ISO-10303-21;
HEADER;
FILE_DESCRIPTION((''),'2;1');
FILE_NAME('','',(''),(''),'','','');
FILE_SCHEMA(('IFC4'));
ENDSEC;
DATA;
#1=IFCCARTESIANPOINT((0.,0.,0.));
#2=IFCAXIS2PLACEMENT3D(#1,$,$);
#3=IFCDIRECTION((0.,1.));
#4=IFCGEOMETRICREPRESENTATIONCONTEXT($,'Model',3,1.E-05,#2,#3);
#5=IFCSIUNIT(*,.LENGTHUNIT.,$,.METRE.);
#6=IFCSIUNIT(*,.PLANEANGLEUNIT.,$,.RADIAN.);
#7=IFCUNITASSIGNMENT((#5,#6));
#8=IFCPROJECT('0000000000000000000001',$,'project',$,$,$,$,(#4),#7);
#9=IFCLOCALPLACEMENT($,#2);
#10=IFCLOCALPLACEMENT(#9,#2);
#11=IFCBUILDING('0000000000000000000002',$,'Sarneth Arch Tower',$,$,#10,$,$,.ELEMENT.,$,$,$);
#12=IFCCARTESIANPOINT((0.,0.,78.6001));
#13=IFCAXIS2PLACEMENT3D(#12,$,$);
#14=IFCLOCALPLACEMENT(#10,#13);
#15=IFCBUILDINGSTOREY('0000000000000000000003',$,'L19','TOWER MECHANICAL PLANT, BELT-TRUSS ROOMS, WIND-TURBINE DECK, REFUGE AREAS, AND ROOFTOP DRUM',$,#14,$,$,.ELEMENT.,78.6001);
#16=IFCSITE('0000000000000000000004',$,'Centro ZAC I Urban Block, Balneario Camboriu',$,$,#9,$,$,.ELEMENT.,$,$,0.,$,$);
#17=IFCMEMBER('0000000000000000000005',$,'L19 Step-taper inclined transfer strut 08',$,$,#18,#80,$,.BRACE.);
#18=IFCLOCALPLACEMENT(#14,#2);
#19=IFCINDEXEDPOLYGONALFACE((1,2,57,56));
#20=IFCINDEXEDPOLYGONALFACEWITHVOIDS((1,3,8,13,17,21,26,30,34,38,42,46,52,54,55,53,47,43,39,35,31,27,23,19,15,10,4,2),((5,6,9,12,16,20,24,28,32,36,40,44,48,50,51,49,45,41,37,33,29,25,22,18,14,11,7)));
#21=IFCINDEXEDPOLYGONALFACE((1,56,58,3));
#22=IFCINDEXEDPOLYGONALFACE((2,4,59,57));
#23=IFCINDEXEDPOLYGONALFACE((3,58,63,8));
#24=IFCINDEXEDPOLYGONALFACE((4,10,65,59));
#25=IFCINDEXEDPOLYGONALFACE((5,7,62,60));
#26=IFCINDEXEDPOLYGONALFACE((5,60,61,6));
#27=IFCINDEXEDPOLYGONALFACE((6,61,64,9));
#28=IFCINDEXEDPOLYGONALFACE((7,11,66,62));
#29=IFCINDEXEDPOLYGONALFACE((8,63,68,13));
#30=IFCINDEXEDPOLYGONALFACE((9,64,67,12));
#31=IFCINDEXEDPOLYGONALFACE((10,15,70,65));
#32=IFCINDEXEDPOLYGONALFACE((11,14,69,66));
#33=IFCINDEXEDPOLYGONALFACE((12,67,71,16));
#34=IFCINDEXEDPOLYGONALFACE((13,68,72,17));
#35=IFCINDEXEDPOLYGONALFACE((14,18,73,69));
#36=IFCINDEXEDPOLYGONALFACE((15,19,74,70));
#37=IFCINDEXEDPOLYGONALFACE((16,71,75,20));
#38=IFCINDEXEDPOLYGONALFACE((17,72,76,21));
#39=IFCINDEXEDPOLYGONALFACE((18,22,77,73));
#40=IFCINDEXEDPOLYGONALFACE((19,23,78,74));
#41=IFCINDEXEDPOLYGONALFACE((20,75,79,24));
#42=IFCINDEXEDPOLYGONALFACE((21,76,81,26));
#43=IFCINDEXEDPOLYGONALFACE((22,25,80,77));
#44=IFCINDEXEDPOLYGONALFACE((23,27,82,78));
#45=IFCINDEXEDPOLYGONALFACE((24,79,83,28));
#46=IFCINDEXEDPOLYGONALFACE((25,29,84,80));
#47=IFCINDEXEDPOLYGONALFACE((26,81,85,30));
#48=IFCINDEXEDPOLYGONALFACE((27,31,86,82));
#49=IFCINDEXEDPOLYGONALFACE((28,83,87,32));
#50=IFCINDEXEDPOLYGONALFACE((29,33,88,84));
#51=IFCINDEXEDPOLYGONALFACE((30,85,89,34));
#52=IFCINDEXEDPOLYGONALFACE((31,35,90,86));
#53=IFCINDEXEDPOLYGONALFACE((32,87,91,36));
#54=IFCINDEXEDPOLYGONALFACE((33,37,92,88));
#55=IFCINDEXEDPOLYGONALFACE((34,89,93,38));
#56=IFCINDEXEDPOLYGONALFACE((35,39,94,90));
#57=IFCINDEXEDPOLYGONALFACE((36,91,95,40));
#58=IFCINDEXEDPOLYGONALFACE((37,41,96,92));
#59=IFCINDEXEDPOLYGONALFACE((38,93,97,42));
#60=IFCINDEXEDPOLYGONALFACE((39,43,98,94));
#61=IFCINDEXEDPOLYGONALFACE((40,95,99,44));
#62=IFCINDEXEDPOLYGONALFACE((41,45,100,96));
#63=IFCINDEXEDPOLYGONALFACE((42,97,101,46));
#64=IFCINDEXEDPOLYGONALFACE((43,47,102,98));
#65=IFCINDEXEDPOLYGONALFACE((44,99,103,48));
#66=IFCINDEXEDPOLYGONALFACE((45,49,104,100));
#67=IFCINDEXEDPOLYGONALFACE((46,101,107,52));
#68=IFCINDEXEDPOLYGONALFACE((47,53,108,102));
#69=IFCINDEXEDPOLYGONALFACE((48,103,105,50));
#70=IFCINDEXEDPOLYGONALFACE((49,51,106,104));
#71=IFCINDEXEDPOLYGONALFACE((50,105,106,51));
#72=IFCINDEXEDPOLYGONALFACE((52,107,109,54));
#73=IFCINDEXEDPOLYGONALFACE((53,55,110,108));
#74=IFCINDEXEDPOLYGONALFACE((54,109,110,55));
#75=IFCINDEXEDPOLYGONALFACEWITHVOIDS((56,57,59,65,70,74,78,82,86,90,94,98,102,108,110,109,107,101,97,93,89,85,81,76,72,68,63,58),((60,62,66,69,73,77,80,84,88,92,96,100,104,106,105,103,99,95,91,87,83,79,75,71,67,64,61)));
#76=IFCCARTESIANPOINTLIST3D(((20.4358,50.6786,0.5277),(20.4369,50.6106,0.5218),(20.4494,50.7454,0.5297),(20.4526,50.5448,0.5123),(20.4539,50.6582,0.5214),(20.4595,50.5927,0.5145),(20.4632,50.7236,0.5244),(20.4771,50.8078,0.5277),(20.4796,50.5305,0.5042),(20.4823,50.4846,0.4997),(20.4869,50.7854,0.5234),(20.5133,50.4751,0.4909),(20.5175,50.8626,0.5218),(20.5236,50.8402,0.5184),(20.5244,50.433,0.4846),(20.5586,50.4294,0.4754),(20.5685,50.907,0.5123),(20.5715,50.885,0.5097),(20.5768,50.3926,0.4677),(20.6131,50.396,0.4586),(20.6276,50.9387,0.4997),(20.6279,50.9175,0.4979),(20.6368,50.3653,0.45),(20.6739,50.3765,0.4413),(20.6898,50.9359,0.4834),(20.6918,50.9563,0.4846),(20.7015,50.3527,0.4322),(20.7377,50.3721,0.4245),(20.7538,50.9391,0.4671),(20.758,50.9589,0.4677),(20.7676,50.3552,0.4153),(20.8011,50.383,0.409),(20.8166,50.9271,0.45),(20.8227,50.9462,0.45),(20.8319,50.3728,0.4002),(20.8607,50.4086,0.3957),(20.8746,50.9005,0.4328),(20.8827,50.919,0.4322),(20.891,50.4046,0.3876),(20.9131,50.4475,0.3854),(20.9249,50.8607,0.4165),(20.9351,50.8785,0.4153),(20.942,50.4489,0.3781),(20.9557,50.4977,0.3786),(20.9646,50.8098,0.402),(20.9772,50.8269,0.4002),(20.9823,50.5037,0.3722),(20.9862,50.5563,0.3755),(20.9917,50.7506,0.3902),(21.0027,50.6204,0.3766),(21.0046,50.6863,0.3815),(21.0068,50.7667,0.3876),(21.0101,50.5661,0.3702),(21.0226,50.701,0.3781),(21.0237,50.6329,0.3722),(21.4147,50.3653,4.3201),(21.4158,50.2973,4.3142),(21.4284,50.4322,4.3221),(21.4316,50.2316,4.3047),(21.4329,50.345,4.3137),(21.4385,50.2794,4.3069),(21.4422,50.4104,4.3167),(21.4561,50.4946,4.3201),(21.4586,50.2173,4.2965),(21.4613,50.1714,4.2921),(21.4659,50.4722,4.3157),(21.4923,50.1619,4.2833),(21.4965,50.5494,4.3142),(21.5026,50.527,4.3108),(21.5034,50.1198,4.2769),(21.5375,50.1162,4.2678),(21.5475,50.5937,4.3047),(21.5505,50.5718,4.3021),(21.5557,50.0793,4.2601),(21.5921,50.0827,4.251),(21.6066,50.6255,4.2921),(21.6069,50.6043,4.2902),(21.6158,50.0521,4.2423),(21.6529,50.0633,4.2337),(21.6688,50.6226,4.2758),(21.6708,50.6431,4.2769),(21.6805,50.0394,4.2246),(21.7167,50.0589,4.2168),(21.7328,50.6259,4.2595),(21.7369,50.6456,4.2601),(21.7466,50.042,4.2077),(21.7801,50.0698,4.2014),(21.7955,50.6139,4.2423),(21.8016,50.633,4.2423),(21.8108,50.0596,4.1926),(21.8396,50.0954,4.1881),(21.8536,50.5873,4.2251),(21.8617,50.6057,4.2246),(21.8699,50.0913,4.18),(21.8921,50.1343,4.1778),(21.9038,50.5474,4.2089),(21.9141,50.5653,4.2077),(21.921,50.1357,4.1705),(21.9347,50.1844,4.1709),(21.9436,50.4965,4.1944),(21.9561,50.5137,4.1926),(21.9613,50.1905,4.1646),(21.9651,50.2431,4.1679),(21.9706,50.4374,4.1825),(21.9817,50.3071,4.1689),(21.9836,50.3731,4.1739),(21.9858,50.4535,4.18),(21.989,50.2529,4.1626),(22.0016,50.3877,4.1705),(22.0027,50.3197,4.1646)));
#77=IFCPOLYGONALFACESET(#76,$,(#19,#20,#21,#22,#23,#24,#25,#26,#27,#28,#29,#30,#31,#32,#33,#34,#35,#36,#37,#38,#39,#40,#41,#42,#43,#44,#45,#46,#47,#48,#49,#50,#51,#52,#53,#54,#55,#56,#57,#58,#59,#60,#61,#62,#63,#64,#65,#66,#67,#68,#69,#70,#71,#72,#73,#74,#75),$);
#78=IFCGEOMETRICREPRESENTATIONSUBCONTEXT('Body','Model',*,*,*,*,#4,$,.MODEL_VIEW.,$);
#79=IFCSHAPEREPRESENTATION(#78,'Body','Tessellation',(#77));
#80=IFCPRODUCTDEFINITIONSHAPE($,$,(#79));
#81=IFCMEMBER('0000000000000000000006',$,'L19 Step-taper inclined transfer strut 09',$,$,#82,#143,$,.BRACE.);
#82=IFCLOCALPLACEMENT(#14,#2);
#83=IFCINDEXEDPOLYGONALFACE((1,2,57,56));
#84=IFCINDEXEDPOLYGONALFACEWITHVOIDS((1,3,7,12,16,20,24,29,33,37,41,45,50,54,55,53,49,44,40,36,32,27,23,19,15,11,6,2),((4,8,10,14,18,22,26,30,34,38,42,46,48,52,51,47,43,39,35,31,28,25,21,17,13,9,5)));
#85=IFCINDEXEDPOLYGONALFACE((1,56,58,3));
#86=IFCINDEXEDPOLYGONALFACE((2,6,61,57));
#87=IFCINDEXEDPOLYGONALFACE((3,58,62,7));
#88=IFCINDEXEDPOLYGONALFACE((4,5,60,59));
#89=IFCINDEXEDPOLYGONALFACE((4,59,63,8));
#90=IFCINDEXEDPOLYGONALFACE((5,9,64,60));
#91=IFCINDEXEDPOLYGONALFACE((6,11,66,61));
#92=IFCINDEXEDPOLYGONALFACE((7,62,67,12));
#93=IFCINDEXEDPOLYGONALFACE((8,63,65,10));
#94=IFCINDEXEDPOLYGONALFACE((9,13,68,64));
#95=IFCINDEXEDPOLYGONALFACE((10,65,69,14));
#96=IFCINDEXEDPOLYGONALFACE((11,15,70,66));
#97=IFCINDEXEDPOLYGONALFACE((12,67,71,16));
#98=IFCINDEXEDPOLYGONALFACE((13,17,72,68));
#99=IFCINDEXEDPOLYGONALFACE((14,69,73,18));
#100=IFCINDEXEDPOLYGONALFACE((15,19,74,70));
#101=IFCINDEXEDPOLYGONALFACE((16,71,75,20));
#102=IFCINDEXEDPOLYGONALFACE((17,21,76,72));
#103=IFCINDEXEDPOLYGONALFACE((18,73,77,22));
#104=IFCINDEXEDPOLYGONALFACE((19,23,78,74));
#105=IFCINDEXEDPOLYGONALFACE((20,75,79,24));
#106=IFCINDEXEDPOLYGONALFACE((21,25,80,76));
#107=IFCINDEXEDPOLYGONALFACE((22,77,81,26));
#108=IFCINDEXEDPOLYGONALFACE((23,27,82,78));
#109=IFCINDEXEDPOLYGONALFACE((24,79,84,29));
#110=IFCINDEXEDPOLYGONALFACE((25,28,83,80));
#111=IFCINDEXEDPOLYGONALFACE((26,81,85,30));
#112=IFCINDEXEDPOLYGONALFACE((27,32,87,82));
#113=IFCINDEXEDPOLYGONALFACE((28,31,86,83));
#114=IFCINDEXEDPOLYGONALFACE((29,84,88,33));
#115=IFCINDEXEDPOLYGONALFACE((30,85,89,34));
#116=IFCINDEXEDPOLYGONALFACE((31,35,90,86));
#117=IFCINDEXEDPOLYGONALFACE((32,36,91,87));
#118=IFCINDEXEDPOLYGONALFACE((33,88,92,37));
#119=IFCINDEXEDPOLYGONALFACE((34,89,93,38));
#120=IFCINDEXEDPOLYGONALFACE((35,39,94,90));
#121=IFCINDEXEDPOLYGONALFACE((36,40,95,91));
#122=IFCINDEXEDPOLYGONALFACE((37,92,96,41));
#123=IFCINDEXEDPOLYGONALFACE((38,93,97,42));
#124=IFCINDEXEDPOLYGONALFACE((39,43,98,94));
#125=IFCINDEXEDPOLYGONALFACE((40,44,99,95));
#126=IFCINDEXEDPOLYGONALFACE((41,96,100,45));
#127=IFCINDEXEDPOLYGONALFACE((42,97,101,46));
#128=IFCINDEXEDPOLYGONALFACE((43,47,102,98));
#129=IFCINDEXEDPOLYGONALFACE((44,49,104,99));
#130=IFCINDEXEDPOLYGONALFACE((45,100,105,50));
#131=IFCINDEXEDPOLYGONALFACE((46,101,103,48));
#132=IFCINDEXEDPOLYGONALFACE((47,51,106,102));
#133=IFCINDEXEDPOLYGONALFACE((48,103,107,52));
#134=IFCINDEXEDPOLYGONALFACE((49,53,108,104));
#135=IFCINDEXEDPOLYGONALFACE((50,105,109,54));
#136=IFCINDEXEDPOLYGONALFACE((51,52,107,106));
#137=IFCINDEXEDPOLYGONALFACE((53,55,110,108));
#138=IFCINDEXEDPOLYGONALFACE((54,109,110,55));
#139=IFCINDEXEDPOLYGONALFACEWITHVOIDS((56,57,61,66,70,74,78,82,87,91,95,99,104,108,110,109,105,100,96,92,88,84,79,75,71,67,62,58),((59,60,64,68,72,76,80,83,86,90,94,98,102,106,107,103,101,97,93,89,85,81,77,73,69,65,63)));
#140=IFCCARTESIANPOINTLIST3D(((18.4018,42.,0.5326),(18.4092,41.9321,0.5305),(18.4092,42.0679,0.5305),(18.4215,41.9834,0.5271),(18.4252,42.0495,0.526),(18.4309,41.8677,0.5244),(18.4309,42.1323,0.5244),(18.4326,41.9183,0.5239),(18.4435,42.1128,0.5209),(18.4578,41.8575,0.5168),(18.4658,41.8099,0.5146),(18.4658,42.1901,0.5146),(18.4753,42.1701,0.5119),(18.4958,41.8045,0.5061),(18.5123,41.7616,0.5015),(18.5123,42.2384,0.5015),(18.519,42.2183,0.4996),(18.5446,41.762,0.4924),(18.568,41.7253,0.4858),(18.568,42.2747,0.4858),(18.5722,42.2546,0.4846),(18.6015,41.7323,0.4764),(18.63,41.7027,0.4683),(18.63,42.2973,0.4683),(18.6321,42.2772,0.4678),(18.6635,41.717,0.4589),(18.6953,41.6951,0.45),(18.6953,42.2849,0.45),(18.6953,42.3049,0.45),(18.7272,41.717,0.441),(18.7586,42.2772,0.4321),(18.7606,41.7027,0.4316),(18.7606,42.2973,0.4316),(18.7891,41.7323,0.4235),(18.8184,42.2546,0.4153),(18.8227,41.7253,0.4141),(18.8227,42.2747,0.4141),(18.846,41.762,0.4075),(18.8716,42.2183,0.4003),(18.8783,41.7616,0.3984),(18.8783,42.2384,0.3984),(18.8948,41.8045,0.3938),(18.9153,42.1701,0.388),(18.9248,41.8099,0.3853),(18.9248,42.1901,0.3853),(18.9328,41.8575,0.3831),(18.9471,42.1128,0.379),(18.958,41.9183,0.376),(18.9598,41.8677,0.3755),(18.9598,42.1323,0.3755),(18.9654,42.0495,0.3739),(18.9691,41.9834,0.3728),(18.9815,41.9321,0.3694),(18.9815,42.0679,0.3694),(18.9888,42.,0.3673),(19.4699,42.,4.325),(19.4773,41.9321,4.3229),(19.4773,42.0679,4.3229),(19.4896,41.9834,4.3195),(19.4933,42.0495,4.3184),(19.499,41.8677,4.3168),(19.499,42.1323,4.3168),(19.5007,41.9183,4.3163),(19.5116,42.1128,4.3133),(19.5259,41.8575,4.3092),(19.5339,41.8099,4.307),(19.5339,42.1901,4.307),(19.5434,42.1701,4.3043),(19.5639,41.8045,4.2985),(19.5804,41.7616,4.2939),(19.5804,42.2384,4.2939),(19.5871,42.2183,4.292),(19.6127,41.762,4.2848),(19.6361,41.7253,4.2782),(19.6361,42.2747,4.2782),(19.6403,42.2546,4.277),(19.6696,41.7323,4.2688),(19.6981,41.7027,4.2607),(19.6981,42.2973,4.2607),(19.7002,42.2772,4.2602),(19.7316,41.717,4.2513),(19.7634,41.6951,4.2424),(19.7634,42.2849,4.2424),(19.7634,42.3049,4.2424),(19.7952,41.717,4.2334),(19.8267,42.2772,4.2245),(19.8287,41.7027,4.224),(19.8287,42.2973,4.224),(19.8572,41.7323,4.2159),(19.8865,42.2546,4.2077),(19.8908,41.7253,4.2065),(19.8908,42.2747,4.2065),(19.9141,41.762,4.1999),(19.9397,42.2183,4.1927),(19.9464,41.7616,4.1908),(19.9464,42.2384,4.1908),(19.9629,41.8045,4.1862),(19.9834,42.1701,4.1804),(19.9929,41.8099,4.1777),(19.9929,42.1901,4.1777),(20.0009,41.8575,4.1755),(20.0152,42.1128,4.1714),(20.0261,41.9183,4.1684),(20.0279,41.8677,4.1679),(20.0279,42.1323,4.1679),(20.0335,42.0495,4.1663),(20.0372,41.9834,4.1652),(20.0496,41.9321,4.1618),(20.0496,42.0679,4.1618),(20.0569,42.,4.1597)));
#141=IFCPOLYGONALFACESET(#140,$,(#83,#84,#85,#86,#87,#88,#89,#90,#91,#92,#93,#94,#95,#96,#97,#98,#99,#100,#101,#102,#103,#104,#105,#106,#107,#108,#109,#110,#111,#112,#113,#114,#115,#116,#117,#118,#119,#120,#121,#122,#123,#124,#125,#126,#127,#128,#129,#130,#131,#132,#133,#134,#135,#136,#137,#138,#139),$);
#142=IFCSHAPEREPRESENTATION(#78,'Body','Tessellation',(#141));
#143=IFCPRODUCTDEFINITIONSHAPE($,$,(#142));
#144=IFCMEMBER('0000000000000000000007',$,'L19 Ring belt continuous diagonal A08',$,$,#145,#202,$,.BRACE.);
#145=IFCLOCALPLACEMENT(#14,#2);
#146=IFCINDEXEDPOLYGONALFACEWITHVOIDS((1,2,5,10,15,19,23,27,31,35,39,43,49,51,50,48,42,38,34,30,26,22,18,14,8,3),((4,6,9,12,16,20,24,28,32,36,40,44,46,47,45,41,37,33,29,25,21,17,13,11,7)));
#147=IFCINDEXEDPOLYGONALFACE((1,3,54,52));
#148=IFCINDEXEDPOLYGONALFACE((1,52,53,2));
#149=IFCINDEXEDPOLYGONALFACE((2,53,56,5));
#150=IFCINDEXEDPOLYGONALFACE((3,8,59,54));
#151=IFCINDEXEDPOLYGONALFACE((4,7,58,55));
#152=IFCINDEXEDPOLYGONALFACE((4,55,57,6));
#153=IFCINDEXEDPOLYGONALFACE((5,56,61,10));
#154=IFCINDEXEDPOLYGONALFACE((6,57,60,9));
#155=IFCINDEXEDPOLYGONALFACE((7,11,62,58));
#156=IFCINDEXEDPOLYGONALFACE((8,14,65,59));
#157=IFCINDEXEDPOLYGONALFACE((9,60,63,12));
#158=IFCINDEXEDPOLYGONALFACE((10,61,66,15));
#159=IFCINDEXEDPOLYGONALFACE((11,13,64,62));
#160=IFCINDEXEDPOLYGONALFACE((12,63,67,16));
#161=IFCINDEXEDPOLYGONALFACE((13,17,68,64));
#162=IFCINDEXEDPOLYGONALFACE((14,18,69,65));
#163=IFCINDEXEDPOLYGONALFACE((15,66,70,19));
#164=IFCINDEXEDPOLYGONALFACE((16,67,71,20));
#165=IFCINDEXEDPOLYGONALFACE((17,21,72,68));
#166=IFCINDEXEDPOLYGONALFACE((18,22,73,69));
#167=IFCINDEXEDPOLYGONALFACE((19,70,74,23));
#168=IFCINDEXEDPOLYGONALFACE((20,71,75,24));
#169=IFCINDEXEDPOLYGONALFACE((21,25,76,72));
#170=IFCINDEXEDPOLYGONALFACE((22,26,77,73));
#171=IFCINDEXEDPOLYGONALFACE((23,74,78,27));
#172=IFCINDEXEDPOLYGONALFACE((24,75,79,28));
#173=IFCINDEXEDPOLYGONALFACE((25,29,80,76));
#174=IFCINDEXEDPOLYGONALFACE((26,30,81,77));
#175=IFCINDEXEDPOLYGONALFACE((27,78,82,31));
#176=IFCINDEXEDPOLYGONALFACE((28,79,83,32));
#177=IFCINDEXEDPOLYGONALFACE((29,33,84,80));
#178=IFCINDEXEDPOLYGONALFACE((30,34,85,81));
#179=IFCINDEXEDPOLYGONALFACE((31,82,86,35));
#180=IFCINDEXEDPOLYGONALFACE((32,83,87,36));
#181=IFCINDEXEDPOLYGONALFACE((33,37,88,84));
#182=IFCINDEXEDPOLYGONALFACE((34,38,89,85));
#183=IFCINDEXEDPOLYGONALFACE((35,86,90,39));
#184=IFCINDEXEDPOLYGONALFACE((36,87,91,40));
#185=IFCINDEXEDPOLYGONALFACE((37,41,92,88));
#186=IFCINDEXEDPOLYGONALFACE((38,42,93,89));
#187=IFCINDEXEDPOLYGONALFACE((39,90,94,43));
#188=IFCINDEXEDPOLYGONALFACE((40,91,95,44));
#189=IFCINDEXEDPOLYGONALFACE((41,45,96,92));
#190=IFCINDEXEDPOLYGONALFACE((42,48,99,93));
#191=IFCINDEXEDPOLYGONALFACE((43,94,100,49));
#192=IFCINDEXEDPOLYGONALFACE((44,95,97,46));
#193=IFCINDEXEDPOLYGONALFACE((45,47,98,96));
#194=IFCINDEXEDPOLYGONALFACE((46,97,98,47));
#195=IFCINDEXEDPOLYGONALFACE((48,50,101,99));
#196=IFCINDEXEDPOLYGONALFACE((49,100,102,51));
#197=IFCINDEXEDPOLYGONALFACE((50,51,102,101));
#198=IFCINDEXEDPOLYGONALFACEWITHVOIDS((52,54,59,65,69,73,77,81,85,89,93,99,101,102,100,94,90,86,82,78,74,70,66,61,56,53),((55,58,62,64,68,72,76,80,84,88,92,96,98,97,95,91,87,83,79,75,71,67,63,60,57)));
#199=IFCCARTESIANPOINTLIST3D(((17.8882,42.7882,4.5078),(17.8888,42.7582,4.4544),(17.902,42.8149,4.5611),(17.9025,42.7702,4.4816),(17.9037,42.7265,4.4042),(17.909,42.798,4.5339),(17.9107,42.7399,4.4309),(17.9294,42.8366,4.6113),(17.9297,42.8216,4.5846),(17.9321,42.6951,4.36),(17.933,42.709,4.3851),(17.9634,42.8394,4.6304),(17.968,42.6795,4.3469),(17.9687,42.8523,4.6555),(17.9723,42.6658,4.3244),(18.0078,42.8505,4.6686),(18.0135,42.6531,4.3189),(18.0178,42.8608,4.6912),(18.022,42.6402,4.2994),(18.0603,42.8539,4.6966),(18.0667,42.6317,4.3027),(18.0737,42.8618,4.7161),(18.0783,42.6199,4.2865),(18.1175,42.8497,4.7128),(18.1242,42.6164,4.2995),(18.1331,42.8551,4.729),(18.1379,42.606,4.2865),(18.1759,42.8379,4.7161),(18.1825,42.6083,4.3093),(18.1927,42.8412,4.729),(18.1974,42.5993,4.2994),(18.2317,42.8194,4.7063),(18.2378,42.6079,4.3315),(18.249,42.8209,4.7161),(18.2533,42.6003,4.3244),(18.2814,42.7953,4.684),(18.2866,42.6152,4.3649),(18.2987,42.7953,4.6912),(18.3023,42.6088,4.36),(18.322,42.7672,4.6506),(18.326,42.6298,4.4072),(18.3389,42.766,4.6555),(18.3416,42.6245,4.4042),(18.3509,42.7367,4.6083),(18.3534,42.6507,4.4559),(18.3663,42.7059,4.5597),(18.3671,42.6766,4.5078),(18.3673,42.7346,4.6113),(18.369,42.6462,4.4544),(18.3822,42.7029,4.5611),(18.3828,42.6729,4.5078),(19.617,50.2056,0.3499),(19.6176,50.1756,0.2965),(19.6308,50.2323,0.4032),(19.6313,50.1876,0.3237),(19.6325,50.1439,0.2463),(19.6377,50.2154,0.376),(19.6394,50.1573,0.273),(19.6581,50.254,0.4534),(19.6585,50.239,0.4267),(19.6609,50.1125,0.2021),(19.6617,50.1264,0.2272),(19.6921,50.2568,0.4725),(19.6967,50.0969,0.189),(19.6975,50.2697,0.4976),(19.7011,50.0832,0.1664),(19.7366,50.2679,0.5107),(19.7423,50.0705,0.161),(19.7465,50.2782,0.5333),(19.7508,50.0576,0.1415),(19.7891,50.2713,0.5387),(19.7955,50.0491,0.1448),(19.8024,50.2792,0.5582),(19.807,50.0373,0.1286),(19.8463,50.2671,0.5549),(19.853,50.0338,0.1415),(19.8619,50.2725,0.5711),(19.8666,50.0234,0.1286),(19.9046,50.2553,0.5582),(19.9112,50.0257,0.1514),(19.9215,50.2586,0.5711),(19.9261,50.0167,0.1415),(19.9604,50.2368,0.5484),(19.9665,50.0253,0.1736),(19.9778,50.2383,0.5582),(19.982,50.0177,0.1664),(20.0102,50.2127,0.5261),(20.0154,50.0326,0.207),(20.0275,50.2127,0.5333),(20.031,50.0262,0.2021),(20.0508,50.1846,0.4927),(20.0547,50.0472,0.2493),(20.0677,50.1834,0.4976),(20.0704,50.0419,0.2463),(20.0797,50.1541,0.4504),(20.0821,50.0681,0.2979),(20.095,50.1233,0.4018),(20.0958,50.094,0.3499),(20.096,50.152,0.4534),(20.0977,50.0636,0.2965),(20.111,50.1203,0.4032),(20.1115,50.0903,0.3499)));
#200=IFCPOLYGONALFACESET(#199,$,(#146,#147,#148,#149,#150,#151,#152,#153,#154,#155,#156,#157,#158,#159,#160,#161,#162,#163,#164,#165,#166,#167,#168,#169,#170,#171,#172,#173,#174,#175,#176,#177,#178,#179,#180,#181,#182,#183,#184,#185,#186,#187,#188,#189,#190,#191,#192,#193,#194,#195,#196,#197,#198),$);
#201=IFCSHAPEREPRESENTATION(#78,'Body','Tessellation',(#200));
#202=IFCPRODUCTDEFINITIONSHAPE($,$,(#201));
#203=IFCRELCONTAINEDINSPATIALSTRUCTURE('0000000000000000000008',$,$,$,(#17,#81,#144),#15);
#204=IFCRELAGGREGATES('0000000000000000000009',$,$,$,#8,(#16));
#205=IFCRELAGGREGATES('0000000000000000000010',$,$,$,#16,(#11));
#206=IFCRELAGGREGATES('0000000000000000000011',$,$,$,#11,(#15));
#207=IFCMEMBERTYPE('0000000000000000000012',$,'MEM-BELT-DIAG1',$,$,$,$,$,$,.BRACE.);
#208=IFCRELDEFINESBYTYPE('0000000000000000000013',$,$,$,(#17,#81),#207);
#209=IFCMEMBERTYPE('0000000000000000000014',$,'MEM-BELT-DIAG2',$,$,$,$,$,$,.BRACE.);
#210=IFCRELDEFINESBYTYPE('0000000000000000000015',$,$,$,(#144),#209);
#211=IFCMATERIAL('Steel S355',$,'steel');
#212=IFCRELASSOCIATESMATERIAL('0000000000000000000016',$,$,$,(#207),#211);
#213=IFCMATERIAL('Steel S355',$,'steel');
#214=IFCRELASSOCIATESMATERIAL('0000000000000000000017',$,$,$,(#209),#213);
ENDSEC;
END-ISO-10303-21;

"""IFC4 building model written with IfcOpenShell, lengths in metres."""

from ifc_helpers import new_model, si_unit, direction, frame, origin, origin_2d, place, context, subcontext, project, spatial, hollow_circle, extrude, material, material_profile, profile_set, type_object, element, save


model = new_model("IFC4")

# Units and contexts
model_context = context("Model", 3, precision=1e-05, world=origin(), true_north=direction((0.0, 1.0)))
body_context = subcontext(model_context, "Body", "Model", "MODEL_VIEW")
ifc_project = project(units=[si_unit("LENGTHUNIT", "METRE"), si_unit("PLANEANGLEUNIT", "RADIAN")], contexts=[model_context])

# Site, building, storey
site_placement = place(None, origin())
site = spatial("IfcSite", under=ifc_project, at=site_placement, Name="Centro ZAC I Urban Block, Balneario Camboriu", CompositionType="ELEMENT", RefElevation=0.0)
building_placement = place(site_placement, origin())
building = spatial("IfcBuilding", under=site, at=building_placement, Name="Sarneth Arch Tower", CompositionType="ELEMENT")
storey_placement = place(building_placement, frame((0.0, 0.0, 78.6001)))
storey = spatial("IfcBuildingStorey", under=building, at=storey_placement, Name="L19", Description="TOWER MECHANICAL PLANT, BELT-TRUSS ROOMS, WIND-TURBINE DECK, REFUGE AREAS, AND ROOFTOP DRUM", CompositionType="ELEMENT", Elevation=78.6001)

# Members
ifc_material_1 = material(Name="Steel S355", Category="steel")
ifc_material_profile_1 = material_profile(ifc_material_1, hollow_circle(Radius=0.3049, WallThickness=0.02, at=origin_2d()), Name="CHS610x20")
ifc_profile_set_1 = profile_set([ifc_material_profile_1], Name="Steel S355")
member_type_1 = type_object("IfcMemberType", Name="MEM-BELT-DIAG1", PredefinedType="BRACE", material=ifc_profile_set_1)
member_1_placement = place(storey_placement, frame((20.7297, 50.6558, 0.45), z_axis=(0.249154, -0.079717, 0.965177), x_axis=(0.304733, 0.952438, 0.0)))
element("IfcMember", 1, at=member_1_placement, inside=storey, type_object=member_type_1, Name="L19 Step-taper inclined transfer strut 08", PredefinedType="BRACE", context=body_context, shape_type="SweptSolid", body=[
    extrude(hollow_circle(Radius=0.3049, WallThickness=0.02, at=origin_2d()), origin(), (0.0, 0.0, 1.0), 3.9292),
])
member_2_placement = place(storey_placement, frame((18.6953, 42.0, 0.45), z_axis=(0.271094, 0.0, 0.962553), x_axis=(0.0, 1.0, 0.0)))
element("IfcMember", 2, at=member_2_placement, inside=storey, type_object=member_type_1, Name="L19 Step-taper inclined transfer strut 09", PredefinedType="BRACE", context=body_context, shape_type="SweptSolid", body=[
    extrude(hollow_circle(Radius=0.3049, WallThickness=0.02, at=origin_2d()), origin(), (0.0, 0.0, 1.0), 3.9399),
])
ifc_material_2 = material(Name="Steel S355", Category="steel")
ifc_material_profile_2 = material_profile(ifc_material_2, hollow_circle(Radius=0.2539, WallThickness=0.0161, at=origin_2d()), Name="CHS508x16")
ifc_profile_set_2 = profile_set([ifc_material_profile_2], Name="Steel S355")
member_type_2 = type_object("IfcMemberType", Name="MEM-BELT-DIAG2", PredefinedType="BRACE", material=ifc_profile_set_2)
member_3_placement = place(storey_placement, frame((19.8643, 50.1479, 0.3499), z_axis=(-0.199227, -0.85481, 0.479174), x_axis=(0.973899, -0.226982, 0.0)))
element("IfcMember", 3, at=member_3_placement, inside=storey, type_object=member_type_2, Name="L19 Ring belt continuous diagonal A08", PredefinedType="BRACE", context=body_context, shape_type="SweptSolid", body=[
    extrude(hollow_circle(Radius=0.2539, WallThickness=0.0161, at=origin_2d()), origin(), (0.0, 0.0, 1.0), 8.6772),
])

save(model, "model.ifc")
